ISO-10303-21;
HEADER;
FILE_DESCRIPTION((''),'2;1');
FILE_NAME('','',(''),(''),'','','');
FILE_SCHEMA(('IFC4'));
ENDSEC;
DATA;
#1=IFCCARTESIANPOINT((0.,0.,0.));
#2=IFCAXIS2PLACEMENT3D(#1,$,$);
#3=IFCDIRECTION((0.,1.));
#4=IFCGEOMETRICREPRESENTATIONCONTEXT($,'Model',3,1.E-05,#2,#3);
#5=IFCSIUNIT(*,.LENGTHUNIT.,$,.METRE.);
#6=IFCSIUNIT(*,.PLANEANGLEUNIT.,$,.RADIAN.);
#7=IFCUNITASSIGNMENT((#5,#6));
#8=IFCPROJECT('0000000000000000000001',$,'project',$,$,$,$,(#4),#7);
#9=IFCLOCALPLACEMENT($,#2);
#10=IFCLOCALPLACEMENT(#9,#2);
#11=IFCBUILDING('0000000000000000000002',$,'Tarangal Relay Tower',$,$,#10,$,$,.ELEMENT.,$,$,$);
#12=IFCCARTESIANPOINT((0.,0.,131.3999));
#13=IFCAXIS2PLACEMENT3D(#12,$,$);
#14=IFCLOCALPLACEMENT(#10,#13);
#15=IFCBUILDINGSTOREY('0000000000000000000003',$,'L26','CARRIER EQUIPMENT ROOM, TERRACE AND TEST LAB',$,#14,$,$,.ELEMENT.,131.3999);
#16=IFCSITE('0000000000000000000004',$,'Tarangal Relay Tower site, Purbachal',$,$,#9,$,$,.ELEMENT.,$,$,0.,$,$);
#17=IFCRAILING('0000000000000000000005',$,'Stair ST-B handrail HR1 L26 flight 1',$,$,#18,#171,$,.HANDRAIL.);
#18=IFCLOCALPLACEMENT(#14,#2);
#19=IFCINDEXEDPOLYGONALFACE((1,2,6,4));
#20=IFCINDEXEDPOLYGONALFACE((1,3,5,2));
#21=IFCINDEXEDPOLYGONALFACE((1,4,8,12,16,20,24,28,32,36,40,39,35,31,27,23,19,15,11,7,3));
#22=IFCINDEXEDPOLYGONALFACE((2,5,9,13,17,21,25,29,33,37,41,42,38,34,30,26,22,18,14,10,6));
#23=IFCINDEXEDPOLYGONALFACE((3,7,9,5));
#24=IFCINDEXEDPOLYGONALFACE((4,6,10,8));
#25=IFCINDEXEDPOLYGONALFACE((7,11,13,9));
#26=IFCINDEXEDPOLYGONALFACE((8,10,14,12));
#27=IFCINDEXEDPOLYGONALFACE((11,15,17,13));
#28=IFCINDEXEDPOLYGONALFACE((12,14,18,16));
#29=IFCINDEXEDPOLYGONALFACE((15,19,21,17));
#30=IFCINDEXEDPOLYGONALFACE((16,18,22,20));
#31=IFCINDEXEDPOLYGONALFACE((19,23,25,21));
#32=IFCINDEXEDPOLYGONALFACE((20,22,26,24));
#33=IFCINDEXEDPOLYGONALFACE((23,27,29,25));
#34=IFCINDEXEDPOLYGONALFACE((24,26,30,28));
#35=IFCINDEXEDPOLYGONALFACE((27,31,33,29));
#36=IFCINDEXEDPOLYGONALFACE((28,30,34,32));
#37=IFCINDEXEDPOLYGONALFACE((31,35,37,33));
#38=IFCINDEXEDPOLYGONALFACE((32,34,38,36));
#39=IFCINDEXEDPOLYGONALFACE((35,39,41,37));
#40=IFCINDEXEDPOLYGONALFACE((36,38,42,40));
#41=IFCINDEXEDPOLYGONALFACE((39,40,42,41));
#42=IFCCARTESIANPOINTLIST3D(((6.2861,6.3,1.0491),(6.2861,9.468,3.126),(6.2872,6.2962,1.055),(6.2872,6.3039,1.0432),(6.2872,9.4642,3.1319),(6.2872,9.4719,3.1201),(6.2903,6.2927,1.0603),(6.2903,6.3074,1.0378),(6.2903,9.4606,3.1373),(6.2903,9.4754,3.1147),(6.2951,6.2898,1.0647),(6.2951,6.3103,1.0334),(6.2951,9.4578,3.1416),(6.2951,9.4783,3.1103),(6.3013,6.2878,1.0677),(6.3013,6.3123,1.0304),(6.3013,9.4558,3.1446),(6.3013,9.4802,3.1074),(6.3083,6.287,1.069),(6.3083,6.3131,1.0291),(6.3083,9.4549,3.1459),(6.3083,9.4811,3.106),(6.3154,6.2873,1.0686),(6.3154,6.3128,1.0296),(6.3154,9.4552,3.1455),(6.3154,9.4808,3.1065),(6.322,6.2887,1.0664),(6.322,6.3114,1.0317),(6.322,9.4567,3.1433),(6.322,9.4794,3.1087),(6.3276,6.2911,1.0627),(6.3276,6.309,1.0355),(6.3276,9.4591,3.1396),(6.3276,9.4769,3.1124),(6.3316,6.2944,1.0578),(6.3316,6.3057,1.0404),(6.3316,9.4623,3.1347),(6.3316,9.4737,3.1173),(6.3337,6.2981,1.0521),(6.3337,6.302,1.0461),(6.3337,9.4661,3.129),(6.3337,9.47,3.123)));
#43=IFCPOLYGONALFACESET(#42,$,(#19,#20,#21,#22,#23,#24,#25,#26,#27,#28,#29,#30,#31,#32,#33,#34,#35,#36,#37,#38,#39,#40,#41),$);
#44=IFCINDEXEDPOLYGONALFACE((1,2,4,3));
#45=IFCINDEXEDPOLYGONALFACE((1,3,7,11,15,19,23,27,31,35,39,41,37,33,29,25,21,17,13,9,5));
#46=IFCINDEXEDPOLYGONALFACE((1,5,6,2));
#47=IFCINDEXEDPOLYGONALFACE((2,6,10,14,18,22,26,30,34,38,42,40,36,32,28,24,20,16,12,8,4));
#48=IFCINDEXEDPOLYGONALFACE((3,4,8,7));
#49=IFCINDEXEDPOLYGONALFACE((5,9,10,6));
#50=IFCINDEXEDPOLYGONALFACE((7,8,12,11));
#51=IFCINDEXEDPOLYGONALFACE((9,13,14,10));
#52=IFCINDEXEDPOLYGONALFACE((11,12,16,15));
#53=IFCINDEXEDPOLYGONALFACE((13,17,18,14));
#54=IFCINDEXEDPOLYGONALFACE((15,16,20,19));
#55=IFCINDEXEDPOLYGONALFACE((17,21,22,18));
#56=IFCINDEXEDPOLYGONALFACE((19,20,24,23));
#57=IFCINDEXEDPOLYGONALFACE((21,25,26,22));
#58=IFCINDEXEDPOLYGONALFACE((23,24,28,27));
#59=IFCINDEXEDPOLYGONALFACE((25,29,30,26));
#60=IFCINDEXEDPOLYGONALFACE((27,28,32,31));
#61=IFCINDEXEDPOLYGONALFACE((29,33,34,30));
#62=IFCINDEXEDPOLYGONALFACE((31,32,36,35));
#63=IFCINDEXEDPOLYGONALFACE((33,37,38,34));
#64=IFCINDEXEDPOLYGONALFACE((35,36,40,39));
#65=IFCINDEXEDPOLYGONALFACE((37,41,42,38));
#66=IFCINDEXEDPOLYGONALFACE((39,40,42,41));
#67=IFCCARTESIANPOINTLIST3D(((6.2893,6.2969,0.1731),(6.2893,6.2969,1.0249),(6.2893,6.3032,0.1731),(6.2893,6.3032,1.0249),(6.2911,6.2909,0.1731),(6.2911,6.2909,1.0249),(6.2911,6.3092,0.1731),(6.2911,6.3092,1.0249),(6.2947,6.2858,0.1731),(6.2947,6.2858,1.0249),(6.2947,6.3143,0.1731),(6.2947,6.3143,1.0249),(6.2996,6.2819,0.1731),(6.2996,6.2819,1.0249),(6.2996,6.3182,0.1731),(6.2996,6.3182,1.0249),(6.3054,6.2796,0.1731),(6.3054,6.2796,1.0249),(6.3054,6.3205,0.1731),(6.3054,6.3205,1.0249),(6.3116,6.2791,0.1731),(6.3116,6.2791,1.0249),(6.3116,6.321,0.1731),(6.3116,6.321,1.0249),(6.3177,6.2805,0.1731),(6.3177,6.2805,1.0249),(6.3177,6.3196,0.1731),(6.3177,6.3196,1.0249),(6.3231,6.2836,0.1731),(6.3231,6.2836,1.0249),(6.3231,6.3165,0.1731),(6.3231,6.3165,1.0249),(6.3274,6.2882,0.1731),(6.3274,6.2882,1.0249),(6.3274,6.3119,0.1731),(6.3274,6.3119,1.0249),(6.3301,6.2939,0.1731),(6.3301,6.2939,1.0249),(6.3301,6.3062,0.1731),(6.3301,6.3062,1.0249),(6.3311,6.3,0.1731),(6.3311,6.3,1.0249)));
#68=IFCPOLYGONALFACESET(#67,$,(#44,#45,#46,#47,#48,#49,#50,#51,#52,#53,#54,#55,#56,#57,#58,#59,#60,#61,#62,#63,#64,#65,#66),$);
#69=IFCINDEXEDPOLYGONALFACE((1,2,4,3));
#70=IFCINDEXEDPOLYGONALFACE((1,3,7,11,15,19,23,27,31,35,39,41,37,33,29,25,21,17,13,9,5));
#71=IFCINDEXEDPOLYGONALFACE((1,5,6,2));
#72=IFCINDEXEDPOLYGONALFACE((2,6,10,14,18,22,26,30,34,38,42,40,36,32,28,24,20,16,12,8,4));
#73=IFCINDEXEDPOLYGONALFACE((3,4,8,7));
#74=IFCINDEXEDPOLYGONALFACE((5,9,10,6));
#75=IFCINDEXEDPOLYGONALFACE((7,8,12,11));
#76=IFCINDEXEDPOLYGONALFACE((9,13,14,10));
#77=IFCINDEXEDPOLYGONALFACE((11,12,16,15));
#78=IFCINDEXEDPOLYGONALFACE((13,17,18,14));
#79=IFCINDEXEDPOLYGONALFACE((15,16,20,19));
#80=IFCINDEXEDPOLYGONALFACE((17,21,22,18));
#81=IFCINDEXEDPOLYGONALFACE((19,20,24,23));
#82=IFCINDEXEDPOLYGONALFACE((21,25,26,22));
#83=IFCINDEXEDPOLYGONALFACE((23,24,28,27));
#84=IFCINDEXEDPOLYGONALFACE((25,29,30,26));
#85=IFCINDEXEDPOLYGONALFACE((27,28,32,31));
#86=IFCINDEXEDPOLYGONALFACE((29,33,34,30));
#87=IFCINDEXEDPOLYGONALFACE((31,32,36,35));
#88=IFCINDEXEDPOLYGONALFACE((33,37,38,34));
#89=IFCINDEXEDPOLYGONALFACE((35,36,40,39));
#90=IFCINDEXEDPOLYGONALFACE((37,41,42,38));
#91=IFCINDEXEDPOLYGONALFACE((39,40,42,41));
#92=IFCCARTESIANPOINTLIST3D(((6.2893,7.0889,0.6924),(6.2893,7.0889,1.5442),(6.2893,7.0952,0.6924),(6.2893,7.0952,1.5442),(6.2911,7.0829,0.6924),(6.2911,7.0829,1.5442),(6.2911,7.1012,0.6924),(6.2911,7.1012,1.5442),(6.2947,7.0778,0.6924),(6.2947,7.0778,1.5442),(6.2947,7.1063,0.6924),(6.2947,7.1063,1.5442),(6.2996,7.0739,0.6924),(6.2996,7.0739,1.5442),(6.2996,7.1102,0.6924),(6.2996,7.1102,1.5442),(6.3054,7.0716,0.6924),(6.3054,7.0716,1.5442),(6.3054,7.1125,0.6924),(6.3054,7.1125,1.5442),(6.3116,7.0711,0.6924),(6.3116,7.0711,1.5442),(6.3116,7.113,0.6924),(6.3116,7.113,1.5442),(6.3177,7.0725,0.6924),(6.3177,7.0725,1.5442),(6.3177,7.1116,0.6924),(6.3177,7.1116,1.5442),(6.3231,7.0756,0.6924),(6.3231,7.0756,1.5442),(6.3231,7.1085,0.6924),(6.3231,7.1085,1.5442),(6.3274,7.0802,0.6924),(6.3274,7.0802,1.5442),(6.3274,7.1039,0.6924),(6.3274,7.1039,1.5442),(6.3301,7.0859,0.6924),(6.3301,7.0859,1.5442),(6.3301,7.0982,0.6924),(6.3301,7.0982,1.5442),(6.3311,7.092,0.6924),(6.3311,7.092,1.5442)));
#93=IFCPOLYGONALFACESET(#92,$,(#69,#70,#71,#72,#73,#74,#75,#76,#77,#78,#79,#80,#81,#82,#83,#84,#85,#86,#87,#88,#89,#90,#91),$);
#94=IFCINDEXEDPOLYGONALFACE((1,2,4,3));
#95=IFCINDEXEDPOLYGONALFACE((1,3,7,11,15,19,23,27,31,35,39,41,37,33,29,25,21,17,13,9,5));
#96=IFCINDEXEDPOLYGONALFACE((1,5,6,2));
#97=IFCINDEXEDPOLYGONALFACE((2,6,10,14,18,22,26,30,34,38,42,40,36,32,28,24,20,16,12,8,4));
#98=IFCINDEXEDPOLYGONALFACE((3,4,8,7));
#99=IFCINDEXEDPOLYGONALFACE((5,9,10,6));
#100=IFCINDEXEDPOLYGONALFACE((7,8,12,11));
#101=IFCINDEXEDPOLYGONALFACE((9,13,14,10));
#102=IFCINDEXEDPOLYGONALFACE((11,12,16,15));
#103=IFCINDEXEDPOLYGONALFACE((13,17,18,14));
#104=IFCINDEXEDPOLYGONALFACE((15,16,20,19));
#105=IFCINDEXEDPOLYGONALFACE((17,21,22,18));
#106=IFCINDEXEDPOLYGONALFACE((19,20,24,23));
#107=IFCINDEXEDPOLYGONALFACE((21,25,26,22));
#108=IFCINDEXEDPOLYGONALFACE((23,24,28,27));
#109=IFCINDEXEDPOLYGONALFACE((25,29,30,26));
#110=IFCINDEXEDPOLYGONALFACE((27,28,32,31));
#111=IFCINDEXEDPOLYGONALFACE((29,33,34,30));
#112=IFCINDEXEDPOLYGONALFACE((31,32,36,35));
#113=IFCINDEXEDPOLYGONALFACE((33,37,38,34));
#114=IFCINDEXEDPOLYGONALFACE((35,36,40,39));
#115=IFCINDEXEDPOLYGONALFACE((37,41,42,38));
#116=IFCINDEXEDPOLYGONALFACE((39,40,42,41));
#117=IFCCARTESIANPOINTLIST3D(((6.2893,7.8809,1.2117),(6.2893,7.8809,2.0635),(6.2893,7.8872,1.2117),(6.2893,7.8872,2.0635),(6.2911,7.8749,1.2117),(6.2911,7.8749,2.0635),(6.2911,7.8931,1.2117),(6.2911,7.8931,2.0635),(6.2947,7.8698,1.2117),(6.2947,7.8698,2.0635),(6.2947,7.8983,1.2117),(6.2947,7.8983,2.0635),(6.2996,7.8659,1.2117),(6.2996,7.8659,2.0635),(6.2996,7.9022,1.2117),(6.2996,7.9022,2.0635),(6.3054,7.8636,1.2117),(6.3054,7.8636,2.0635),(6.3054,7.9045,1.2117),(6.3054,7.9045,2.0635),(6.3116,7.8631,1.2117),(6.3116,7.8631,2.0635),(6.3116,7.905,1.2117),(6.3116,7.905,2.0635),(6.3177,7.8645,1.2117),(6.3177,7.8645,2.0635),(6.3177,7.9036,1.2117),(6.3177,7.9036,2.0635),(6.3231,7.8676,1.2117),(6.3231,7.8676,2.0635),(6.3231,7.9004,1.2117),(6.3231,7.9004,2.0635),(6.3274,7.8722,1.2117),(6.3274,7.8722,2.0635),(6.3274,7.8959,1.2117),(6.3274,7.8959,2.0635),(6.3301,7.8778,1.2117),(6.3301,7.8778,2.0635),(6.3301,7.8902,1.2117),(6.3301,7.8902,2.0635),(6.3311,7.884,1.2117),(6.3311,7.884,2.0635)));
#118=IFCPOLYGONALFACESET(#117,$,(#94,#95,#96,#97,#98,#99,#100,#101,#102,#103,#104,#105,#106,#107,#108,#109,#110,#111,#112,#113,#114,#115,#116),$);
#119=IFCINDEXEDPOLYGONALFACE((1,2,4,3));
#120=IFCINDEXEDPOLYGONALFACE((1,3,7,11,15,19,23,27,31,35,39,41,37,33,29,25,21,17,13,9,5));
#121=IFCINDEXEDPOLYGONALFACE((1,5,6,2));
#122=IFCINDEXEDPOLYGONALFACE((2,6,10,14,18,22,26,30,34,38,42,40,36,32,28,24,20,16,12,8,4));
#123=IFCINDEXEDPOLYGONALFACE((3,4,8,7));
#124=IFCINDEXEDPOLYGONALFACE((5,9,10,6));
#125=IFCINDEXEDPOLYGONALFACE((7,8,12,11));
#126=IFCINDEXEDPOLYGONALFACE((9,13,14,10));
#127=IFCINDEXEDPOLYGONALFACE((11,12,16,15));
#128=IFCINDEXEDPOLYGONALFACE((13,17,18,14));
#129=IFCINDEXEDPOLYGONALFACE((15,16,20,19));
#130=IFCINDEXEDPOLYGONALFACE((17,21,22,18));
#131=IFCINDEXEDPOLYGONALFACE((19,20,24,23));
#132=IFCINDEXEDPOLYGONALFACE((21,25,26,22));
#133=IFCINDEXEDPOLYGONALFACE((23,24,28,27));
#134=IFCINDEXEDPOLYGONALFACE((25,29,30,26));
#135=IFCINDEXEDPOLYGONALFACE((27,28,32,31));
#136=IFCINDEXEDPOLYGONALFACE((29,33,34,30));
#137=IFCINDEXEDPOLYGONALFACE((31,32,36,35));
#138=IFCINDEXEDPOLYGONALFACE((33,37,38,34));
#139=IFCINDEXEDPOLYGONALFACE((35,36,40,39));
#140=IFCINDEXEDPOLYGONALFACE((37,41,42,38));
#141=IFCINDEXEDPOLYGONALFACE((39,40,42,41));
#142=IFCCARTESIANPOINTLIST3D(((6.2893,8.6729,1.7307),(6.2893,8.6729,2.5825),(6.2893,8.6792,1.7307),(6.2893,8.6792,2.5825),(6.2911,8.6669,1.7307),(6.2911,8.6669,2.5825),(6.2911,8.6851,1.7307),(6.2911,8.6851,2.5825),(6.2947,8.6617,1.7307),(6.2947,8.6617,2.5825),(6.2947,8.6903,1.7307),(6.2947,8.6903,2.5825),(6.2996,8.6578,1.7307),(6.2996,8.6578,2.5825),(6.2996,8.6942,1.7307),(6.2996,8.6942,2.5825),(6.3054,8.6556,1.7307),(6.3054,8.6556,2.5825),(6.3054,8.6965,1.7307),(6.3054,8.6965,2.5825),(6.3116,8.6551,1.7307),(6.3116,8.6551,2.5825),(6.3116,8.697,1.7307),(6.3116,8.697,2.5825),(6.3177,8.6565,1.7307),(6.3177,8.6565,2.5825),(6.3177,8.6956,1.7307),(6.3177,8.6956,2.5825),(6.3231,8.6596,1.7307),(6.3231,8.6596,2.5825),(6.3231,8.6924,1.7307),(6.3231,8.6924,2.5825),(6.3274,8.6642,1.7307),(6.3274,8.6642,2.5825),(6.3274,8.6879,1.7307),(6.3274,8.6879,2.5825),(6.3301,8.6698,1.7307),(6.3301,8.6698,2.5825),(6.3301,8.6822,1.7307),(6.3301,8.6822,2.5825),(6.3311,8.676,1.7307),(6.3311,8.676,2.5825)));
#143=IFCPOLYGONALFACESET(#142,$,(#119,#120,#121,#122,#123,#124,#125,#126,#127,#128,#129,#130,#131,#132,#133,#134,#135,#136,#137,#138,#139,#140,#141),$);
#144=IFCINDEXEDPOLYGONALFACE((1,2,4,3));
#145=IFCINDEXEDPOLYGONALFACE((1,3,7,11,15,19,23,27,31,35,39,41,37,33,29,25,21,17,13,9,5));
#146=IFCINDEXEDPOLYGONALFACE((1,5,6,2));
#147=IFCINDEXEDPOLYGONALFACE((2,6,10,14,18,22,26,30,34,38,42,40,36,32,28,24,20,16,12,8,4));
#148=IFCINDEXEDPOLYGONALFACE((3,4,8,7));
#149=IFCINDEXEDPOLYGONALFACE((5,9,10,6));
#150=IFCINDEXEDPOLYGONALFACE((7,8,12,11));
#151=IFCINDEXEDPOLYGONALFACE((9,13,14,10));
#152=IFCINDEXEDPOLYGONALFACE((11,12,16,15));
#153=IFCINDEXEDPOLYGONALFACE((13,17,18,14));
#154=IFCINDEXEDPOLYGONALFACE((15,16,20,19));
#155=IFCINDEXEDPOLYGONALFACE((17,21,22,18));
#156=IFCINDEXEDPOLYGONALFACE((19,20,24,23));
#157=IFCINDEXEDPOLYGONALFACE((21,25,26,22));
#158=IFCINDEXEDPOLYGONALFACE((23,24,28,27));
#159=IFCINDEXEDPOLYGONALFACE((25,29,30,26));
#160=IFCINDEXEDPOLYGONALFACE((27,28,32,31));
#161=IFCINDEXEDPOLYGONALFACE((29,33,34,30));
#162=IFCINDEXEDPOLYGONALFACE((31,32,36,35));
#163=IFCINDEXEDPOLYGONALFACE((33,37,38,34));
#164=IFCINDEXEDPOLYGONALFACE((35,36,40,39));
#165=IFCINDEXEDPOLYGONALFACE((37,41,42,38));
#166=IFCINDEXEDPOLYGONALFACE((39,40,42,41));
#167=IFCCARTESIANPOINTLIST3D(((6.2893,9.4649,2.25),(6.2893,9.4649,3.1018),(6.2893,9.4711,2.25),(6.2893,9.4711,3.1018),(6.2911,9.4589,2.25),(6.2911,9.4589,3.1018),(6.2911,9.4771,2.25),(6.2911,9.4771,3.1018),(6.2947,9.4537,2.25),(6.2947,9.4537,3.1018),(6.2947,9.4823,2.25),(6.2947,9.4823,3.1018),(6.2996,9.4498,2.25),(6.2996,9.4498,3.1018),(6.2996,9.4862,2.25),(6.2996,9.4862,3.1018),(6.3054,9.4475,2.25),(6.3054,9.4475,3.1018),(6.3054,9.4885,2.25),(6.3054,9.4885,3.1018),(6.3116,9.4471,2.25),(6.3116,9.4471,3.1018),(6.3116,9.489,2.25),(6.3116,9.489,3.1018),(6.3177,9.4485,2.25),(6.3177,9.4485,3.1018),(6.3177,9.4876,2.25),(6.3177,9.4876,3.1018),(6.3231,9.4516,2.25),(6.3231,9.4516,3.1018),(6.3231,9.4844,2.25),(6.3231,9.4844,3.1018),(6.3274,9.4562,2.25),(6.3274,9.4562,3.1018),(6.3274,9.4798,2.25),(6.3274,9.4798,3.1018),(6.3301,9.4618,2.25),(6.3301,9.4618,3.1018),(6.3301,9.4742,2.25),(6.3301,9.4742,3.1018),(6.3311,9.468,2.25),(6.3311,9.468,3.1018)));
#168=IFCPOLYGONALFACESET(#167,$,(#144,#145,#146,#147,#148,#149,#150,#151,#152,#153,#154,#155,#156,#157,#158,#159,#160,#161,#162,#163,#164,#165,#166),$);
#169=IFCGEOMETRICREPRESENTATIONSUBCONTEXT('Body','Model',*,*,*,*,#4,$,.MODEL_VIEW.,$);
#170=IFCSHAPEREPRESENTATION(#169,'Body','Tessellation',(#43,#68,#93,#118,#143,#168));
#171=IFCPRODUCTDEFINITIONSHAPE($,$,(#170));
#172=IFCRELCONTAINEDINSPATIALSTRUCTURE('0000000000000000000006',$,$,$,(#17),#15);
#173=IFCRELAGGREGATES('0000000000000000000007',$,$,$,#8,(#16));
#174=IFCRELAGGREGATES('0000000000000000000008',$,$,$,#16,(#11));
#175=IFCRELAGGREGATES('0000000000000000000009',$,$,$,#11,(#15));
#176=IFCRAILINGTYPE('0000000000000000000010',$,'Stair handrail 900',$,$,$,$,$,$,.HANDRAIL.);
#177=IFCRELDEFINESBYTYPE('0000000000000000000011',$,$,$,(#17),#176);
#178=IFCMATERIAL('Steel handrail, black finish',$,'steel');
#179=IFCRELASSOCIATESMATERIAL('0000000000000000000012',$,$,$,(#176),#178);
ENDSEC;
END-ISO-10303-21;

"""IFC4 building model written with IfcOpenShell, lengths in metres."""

from ifc_helpers import new_model, si_unit, direction, frame, origin, origin_2d, place, context, subcontext, project, spatial, circle, extrude, material, type_object, element, save


model = new_model("IFC4")

# Units and contexts
model_context = context("Model", 3, precision=1e-05, world=origin(), true_north=direction((0.0, 1.0)))
body_context = subcontext(model_context, "Body", "Model", "MODEL_VIEW")
ifc_project = project(units=[si_unit("LENGTHUNIT", "METRE"), si_unit("PLANEANGLEUNIT", "RADIAN")], contexts=[model_context])

# Site, building, storey
site_placement = place(None, origin())
site = spatial("IfcSite", under=ifc_project, at=site_placement, Name="Tarangal Relay Tower site, Purbachal", CompositionType="ELEMENT", RefElevation=0.0)
building_placement = place(site_placement, origin())
building = spatial("IfcBuilding", under=site, at=building_placement, Name="Tarangal Relay Tower", CompositionType="ELEMENT")
storey_placement = place(building_placement, frame((0.0, 0.0, 131.3999)))
storey = spatial("IfcBuildingStorey", under=building, at=storey_placement, Name="L26", Description="CARRIER EQUIPMENT ROOM, TERRACE AND TEST LAB", CompositionType="ELEMENT", Elevation=131.3999)

# Railing
ifc_material_1 = material(Name="Steel handrail, black finish", Category="steel")
railing_type_1 = type_object("IfcRailingType", Name="Stair handrail 900", PredefinedType="HANDRAIL", material=ifc_material_1)
railing_1_placement = place(storey_placement, frame((6.3101, 6.3, 0.1731)))
element("IfcRailing", 1, at=railing_1_placement, inside=storey, type_object=railing_type_1, Name="Stair ST-B handrail HR1 L26 flight 1", PredefinedType="HANDRAIL", context=body_context, shape_type="SweptSolid", body=[
    extrude(circle(Radius=0.0239, at=origin_2d()), frame((0.0, 0.0, 0.876), z_axis=(0.0, 0.836299, 0.548273), x_axis=(-1.0, 0.0, 0.0)), (0.0, 0.0, 1.0), 3.7881),
    extrude(circle(Radius=0.021, at=origin_2d()), origin(), (0.0, 0.0, 1.0), 0.8518),
    extrude(circle(Radius=0.021, at=origin_2d()), frame((0.0, 0.792, 0.5193)), (0.0, 0.0, 1.0), 0.8518),
    extrude(circle(Radius=0.021, at=origin_2d()), frame((0.0, 1.584, 1.0386)), (0.0, 0.0, 1.0), 0.8518),
    extrude(circle(Radius=0.021, at=origin_2d()), frame((0.0, 2.376, 1.5576)), (0.0, 0.0, 1.0), 0.8518),
    extrude(circle(Radius=0.021, at=origin_2d()), frame((0.0, 3.168, 2.0769)), (0.0, 0.0, 1.0), 0.8518),
])

save(model, "model.ifc")
